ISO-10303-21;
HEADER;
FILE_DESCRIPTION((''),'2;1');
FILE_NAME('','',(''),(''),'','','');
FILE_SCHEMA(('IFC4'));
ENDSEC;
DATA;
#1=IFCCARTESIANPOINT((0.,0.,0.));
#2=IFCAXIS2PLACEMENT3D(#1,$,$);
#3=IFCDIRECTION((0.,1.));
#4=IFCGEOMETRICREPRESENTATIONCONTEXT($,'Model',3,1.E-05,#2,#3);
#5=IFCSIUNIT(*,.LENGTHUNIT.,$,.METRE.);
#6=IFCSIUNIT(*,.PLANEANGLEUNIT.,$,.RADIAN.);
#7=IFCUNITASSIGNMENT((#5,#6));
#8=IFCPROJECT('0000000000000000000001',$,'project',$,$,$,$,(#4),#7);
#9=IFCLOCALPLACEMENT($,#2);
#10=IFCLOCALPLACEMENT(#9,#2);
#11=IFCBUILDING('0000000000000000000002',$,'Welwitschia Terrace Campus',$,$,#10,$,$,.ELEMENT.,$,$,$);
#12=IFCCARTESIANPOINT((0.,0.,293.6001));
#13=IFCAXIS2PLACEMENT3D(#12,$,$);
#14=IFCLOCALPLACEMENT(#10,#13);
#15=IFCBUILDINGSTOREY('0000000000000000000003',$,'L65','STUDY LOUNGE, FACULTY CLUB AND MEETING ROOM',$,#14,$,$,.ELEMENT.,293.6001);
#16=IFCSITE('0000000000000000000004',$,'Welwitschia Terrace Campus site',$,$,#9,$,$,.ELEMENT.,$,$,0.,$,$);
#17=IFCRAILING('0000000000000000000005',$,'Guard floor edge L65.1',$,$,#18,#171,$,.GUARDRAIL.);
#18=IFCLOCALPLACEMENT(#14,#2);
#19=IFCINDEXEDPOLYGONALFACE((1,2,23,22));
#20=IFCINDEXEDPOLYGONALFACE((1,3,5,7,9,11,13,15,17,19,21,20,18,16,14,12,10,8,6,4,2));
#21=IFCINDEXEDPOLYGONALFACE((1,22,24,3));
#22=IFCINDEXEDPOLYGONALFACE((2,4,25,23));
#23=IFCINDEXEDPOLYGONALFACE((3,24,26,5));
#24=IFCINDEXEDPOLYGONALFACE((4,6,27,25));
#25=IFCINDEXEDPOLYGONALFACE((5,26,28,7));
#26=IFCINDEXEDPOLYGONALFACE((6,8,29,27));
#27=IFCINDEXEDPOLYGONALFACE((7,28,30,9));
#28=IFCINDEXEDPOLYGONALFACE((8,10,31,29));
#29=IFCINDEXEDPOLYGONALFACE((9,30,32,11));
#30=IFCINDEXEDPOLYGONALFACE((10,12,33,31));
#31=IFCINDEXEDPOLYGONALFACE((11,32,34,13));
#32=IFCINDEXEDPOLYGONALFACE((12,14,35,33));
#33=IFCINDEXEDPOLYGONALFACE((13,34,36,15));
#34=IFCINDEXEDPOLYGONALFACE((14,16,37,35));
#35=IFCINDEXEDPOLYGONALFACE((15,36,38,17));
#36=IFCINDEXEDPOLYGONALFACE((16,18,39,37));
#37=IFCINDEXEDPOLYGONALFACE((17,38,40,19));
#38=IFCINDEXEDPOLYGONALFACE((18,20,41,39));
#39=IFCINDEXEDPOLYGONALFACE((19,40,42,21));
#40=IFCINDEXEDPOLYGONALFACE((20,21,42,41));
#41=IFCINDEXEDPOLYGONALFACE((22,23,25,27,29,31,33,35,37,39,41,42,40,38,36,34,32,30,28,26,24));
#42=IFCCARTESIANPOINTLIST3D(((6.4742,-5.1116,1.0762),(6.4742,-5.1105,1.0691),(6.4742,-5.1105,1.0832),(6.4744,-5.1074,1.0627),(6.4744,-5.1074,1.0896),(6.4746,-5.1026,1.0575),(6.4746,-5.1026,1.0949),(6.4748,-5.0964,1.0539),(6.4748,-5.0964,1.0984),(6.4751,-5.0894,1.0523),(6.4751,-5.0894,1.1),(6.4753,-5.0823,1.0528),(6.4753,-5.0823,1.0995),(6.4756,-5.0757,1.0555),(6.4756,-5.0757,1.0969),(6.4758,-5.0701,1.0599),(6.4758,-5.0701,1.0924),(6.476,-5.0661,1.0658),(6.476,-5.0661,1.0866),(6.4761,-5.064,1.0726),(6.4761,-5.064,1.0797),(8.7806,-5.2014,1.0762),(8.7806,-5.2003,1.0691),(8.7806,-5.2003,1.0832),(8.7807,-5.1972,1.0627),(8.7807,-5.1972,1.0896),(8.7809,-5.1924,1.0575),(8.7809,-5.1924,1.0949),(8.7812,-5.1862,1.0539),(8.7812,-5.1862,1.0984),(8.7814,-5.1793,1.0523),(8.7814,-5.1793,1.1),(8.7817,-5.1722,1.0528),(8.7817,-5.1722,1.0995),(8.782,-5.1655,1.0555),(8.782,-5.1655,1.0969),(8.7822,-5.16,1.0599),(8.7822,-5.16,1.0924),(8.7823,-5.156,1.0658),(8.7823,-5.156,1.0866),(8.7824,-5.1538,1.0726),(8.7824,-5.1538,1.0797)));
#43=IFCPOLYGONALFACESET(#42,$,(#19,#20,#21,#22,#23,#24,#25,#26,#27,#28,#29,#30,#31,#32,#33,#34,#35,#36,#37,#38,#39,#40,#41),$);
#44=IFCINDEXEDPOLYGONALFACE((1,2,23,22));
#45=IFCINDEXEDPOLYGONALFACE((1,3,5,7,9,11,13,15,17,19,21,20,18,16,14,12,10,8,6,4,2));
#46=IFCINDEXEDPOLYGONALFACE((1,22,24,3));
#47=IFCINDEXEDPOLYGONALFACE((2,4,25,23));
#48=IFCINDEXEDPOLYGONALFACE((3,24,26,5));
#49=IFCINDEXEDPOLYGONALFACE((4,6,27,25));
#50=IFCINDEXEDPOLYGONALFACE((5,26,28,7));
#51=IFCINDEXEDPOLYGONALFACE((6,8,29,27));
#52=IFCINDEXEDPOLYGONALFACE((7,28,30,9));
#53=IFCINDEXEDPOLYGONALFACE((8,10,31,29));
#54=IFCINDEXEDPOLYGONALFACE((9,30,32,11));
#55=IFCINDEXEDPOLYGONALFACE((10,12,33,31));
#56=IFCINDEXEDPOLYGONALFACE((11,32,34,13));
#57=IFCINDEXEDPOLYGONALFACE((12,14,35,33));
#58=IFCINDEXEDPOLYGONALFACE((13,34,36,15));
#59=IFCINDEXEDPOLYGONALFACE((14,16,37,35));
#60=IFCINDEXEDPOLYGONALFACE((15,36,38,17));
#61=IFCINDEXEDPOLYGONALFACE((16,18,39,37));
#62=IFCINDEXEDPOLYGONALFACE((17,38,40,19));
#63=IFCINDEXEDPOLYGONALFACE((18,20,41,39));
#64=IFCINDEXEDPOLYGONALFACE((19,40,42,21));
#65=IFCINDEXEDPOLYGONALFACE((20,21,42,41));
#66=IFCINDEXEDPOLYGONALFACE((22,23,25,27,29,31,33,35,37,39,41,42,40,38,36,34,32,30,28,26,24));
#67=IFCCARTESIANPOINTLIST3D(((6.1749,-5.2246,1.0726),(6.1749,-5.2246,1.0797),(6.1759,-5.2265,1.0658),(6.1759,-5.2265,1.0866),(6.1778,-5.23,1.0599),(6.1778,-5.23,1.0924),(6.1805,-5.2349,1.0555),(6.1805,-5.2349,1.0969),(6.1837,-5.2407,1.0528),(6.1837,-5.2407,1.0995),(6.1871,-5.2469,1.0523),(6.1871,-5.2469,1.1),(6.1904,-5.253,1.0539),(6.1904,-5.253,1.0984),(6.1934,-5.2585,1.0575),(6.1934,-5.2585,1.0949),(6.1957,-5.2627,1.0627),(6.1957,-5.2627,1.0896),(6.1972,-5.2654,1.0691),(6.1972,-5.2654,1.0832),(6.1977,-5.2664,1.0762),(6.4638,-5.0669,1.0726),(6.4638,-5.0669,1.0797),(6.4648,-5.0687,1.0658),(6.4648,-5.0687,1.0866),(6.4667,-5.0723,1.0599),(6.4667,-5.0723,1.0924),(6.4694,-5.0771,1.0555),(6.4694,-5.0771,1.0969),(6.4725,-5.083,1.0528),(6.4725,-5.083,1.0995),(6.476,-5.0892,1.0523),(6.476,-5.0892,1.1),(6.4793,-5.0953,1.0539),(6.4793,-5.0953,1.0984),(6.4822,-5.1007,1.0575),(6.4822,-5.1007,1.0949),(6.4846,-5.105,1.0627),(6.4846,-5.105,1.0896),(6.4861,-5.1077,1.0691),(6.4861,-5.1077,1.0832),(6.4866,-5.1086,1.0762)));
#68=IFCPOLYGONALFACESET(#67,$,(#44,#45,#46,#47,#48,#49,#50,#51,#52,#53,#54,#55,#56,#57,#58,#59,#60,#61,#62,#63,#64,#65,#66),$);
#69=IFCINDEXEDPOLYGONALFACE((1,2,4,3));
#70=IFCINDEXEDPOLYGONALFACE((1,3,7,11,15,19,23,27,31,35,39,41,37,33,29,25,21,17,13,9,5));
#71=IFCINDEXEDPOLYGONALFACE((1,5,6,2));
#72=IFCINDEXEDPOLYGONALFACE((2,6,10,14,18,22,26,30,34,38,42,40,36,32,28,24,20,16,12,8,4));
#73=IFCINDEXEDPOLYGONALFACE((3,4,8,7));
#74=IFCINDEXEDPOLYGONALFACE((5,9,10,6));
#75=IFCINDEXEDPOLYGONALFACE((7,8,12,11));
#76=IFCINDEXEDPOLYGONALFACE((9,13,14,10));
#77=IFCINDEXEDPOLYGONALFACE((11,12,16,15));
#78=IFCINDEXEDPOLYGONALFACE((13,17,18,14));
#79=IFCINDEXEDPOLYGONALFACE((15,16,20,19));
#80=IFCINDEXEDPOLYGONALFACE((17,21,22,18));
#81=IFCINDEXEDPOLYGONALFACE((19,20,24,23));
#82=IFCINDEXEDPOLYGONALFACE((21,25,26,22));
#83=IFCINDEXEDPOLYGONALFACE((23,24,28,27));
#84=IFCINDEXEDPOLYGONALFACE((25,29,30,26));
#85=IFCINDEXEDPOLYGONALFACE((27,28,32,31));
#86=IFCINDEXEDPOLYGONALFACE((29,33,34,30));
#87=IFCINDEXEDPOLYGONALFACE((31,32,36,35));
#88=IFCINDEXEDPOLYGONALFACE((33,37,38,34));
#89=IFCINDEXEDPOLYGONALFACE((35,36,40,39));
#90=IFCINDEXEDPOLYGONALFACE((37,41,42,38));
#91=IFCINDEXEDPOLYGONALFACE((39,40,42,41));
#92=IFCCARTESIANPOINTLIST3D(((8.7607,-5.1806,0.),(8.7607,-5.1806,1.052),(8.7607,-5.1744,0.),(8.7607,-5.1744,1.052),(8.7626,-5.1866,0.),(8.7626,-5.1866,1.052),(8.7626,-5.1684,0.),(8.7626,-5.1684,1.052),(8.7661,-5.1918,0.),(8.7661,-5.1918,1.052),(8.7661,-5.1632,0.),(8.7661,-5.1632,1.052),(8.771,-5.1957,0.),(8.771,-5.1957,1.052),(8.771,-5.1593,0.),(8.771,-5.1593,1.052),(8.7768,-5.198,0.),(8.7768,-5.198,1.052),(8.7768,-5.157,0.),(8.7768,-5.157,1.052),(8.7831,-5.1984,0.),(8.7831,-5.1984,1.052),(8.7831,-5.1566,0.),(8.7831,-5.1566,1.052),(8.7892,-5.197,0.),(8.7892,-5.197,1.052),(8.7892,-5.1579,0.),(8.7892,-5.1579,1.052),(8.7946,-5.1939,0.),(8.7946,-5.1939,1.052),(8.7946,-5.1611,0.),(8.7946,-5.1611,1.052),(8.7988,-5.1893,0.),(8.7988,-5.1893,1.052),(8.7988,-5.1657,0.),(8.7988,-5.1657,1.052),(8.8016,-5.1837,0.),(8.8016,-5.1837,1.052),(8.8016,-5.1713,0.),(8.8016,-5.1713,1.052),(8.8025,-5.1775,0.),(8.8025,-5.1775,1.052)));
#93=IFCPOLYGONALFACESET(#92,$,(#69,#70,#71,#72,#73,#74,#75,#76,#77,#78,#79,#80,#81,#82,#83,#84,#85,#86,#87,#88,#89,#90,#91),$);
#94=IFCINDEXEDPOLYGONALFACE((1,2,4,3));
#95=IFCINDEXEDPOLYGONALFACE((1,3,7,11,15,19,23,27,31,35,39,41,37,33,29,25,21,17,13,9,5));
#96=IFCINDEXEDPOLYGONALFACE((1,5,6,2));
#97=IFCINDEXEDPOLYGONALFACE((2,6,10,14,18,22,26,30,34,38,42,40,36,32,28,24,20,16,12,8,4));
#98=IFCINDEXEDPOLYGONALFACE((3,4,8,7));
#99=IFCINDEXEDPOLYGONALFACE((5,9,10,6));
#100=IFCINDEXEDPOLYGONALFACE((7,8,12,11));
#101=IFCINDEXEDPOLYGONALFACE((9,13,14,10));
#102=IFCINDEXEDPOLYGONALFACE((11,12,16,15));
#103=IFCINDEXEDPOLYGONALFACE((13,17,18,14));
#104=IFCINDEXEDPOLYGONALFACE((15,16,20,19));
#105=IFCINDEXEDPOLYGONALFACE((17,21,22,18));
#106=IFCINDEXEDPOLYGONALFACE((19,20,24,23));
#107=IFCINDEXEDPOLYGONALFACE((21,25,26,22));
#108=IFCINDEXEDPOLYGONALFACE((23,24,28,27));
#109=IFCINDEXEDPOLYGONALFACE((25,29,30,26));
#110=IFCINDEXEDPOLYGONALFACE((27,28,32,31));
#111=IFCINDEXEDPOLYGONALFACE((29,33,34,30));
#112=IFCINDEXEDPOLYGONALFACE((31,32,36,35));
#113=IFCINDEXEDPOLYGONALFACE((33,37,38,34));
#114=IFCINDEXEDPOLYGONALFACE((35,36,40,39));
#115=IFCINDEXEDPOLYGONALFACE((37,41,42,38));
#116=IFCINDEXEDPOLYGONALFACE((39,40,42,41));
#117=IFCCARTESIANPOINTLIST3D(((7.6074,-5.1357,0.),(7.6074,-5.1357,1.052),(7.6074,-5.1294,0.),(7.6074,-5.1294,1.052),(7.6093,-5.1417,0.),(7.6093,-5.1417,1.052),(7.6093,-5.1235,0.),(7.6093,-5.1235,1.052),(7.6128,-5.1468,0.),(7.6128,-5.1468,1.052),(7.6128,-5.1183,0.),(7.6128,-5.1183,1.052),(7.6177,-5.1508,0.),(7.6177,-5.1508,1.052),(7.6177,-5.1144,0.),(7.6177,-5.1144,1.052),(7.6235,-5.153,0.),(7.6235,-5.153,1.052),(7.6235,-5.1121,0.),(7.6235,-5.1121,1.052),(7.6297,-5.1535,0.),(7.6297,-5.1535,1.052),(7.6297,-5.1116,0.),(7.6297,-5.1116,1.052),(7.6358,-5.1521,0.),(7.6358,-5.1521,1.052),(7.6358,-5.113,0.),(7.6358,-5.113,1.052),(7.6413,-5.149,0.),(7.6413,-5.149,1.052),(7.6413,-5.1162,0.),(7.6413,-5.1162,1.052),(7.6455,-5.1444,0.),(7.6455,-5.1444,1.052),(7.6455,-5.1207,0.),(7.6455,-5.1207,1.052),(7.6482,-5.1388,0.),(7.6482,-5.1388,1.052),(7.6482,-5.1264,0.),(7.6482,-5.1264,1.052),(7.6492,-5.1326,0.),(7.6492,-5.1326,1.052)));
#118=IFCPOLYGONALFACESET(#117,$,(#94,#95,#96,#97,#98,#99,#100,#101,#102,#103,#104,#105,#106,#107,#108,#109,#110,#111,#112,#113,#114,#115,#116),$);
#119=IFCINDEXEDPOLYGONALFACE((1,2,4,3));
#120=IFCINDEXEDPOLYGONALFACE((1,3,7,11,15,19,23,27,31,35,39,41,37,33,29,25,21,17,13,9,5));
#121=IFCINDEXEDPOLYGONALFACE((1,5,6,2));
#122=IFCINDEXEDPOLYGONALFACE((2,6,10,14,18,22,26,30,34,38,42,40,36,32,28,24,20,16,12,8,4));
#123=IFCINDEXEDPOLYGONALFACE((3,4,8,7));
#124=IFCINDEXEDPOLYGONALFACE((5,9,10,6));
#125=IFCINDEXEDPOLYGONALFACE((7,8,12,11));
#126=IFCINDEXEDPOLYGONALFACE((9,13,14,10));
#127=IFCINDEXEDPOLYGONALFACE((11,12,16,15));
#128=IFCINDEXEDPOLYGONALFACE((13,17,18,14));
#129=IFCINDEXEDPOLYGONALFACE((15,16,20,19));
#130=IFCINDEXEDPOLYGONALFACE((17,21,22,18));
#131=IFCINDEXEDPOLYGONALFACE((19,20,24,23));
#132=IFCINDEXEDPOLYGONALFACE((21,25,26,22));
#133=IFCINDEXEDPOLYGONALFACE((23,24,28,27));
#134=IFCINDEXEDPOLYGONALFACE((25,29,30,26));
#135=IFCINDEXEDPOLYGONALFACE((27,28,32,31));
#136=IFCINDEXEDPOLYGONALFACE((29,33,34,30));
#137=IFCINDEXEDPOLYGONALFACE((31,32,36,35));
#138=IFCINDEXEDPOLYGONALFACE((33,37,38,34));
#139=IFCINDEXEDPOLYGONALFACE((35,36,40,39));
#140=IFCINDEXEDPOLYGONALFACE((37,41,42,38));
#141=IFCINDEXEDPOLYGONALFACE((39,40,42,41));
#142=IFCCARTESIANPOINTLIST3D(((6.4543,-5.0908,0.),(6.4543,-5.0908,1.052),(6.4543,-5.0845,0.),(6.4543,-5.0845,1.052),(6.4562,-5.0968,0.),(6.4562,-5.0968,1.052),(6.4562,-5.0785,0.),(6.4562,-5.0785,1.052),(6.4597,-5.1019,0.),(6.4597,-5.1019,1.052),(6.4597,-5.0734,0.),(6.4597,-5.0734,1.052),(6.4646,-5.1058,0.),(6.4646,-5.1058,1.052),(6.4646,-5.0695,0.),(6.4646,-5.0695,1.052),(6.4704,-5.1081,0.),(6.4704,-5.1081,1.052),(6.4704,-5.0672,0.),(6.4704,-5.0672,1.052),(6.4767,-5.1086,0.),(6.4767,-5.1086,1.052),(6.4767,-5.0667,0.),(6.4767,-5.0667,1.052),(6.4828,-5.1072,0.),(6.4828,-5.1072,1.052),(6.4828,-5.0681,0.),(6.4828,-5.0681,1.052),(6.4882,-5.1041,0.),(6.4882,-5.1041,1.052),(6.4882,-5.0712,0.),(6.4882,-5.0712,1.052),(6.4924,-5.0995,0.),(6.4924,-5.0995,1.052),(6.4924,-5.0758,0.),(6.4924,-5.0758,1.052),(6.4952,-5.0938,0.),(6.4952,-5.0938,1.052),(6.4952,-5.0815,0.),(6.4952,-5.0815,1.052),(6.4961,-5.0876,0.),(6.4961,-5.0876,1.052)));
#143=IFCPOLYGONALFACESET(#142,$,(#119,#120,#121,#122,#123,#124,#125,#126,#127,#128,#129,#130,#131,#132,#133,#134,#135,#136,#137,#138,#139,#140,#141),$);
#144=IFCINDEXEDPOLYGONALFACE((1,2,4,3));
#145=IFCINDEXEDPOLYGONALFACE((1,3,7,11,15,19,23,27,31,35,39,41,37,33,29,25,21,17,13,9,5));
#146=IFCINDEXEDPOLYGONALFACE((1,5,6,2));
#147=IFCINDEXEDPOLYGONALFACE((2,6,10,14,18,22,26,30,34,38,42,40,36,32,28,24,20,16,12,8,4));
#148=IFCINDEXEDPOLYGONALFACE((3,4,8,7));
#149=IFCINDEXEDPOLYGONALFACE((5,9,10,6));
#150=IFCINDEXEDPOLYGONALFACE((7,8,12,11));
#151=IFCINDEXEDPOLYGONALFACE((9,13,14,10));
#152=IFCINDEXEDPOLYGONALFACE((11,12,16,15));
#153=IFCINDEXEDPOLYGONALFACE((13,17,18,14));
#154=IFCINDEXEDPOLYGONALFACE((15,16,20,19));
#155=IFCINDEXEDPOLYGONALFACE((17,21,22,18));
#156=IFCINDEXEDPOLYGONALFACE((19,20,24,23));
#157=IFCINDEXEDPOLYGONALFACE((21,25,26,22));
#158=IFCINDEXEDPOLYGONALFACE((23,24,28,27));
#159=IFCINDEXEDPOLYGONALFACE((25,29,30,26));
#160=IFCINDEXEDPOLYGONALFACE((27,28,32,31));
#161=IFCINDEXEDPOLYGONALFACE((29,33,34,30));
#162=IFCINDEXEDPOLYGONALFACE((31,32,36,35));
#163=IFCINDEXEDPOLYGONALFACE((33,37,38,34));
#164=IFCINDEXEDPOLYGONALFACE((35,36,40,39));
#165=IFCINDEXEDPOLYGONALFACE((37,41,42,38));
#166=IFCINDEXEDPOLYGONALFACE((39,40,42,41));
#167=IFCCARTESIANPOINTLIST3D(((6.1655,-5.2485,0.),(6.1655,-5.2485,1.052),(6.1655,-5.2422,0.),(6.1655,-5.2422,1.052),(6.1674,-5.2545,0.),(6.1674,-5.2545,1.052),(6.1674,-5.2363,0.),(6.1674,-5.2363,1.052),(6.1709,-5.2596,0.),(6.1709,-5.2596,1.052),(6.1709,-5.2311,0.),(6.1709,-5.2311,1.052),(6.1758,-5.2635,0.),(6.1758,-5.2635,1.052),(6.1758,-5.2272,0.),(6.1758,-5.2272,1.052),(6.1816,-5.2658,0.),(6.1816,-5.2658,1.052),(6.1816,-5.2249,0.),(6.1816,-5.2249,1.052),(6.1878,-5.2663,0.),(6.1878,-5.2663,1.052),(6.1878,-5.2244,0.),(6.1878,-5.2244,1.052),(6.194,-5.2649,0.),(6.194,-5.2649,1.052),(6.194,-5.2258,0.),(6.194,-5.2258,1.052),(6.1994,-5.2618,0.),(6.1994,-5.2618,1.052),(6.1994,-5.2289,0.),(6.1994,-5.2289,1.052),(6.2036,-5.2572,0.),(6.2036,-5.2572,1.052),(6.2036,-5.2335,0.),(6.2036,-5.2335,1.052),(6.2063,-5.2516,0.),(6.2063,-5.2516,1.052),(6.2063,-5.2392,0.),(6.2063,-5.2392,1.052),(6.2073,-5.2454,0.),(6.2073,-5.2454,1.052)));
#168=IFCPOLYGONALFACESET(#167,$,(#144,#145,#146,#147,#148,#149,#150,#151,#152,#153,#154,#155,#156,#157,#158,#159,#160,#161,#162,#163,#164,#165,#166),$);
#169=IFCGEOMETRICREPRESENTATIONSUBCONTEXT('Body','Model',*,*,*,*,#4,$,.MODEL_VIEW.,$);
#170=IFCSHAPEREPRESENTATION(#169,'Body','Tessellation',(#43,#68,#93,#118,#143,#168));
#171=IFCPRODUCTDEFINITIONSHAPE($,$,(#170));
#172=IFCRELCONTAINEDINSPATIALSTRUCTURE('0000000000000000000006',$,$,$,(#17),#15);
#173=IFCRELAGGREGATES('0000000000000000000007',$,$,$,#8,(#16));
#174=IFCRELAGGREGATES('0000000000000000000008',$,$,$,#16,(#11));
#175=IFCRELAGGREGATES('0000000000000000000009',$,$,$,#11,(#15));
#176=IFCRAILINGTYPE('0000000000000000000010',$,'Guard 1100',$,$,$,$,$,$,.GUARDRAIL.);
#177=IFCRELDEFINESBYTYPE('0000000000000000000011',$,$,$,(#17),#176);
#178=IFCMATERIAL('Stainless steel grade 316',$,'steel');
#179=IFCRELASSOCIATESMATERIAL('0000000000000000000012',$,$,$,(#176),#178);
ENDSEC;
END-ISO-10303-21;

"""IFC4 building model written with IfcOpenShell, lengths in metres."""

from ifc_helpers import new_model, si_unit, direction, frame, origin, origin_2d, place, context, subcontext, project, spatial, circle, extrude, material, type_object, element, save


model = new_model("IFC4")

# Units and contexts
model_context = context("Model", 3, precision=1e-05, world=origin(), true_north=direction((0.0, 1.0)))
body_context = subcontext(model_context, "Body", "Model", "MODEL_VIEW")
ifc_project = project(units=[si_unit("LENGTHUNIT", "METRE"), si_unit("PLANEANGLEUNIT", "RADIAN")], contexts=[model_context])

# Site, building, storey
site_placement = place(None, origin())
site = spatial("IfcSite", under=ifc_project, at=site_placement, Name="Welwitschia Terrace Campus site", CompositionType="ELEMENT", RefElevation=0.0)
building_placement = place(site_placement, origin())
building = spatial("IfcBuilding", under=site, at=building_placement, Name="Welwitschia Terrace Campus", CompositionType="ELEMENT")
storey_placement = place(building_placement, frame((0.0, 0.0, 293.6001)))
storey = spatial("IfcBuildingStorey", under=building, at=storey_placement, Name="L65", Description="STUDY LOUNGE, FACULTY CLUB AND MEETING ROOM", CompositionType="ELEMENT", Elevation=293.6001)

# Railing
ifc_material_1 = material(Name="Stainless steel grade 316", Category="steel")
railing_type_1 = type_object("IfcRailingType", Name="Guard 1100", PredefinedType="GUARDRAIL", material=ifc_material_1)
railing_1_placement = place(storey_placement, frame((8.7815, -5.1775, 0.0)))
element("IfcRailing", 1, at=railing_1_placement, inside=storey, type_object=railing_type_1, Name="Guard floor edge L65.1", PredefinedType="GUARDRAIL", context=body_context, shape_type="SweptSolid", body=[
    extrude(circle(Radius=0.0239, at=origin_2d()), frame((0.0, 0.0, 1.0762), z_axis=(-0.999242, 0.038925, 0.0), x_axis=(-0.038925, -0.999242, 0.0)), (0.0, 0.0, 1.0), 2.3081),
    extrude(circle(Radius=0.0239, at=origin_2d()), frame((-2.3064, 0.0898, 1.0762), z_axis=(-0.877669, -0.479268, 0.0), x_axis=(0.479268, -0.877669, 0.0)), (0.0, 0.0, 1.0), 0.3291),
    extrude(circle(Radius=0.021, at=origin_2d()), origin(), (0.0, 0.0, 1.0), 1.052),
    extrude(circle(Radius=0.021, at=origin_2d()), frame((-1.1533, 0.0449, 0.0)), (0.0, 0.0, 1.0), 1.052),
    extrude(circle(Radius=0.021, at=origin_2d()), frame((-2.3064, 0.0898, 0.0)), (0.0, 0.0, 1.0), 1.052),
    extrude(circle(Radius=0.021, at=origin_2d()), frame((-2.5952, -0.0679, 0.0)), (0.0, 0.0, 1.0), 1.052),
])

save(model, "model.ifc")
